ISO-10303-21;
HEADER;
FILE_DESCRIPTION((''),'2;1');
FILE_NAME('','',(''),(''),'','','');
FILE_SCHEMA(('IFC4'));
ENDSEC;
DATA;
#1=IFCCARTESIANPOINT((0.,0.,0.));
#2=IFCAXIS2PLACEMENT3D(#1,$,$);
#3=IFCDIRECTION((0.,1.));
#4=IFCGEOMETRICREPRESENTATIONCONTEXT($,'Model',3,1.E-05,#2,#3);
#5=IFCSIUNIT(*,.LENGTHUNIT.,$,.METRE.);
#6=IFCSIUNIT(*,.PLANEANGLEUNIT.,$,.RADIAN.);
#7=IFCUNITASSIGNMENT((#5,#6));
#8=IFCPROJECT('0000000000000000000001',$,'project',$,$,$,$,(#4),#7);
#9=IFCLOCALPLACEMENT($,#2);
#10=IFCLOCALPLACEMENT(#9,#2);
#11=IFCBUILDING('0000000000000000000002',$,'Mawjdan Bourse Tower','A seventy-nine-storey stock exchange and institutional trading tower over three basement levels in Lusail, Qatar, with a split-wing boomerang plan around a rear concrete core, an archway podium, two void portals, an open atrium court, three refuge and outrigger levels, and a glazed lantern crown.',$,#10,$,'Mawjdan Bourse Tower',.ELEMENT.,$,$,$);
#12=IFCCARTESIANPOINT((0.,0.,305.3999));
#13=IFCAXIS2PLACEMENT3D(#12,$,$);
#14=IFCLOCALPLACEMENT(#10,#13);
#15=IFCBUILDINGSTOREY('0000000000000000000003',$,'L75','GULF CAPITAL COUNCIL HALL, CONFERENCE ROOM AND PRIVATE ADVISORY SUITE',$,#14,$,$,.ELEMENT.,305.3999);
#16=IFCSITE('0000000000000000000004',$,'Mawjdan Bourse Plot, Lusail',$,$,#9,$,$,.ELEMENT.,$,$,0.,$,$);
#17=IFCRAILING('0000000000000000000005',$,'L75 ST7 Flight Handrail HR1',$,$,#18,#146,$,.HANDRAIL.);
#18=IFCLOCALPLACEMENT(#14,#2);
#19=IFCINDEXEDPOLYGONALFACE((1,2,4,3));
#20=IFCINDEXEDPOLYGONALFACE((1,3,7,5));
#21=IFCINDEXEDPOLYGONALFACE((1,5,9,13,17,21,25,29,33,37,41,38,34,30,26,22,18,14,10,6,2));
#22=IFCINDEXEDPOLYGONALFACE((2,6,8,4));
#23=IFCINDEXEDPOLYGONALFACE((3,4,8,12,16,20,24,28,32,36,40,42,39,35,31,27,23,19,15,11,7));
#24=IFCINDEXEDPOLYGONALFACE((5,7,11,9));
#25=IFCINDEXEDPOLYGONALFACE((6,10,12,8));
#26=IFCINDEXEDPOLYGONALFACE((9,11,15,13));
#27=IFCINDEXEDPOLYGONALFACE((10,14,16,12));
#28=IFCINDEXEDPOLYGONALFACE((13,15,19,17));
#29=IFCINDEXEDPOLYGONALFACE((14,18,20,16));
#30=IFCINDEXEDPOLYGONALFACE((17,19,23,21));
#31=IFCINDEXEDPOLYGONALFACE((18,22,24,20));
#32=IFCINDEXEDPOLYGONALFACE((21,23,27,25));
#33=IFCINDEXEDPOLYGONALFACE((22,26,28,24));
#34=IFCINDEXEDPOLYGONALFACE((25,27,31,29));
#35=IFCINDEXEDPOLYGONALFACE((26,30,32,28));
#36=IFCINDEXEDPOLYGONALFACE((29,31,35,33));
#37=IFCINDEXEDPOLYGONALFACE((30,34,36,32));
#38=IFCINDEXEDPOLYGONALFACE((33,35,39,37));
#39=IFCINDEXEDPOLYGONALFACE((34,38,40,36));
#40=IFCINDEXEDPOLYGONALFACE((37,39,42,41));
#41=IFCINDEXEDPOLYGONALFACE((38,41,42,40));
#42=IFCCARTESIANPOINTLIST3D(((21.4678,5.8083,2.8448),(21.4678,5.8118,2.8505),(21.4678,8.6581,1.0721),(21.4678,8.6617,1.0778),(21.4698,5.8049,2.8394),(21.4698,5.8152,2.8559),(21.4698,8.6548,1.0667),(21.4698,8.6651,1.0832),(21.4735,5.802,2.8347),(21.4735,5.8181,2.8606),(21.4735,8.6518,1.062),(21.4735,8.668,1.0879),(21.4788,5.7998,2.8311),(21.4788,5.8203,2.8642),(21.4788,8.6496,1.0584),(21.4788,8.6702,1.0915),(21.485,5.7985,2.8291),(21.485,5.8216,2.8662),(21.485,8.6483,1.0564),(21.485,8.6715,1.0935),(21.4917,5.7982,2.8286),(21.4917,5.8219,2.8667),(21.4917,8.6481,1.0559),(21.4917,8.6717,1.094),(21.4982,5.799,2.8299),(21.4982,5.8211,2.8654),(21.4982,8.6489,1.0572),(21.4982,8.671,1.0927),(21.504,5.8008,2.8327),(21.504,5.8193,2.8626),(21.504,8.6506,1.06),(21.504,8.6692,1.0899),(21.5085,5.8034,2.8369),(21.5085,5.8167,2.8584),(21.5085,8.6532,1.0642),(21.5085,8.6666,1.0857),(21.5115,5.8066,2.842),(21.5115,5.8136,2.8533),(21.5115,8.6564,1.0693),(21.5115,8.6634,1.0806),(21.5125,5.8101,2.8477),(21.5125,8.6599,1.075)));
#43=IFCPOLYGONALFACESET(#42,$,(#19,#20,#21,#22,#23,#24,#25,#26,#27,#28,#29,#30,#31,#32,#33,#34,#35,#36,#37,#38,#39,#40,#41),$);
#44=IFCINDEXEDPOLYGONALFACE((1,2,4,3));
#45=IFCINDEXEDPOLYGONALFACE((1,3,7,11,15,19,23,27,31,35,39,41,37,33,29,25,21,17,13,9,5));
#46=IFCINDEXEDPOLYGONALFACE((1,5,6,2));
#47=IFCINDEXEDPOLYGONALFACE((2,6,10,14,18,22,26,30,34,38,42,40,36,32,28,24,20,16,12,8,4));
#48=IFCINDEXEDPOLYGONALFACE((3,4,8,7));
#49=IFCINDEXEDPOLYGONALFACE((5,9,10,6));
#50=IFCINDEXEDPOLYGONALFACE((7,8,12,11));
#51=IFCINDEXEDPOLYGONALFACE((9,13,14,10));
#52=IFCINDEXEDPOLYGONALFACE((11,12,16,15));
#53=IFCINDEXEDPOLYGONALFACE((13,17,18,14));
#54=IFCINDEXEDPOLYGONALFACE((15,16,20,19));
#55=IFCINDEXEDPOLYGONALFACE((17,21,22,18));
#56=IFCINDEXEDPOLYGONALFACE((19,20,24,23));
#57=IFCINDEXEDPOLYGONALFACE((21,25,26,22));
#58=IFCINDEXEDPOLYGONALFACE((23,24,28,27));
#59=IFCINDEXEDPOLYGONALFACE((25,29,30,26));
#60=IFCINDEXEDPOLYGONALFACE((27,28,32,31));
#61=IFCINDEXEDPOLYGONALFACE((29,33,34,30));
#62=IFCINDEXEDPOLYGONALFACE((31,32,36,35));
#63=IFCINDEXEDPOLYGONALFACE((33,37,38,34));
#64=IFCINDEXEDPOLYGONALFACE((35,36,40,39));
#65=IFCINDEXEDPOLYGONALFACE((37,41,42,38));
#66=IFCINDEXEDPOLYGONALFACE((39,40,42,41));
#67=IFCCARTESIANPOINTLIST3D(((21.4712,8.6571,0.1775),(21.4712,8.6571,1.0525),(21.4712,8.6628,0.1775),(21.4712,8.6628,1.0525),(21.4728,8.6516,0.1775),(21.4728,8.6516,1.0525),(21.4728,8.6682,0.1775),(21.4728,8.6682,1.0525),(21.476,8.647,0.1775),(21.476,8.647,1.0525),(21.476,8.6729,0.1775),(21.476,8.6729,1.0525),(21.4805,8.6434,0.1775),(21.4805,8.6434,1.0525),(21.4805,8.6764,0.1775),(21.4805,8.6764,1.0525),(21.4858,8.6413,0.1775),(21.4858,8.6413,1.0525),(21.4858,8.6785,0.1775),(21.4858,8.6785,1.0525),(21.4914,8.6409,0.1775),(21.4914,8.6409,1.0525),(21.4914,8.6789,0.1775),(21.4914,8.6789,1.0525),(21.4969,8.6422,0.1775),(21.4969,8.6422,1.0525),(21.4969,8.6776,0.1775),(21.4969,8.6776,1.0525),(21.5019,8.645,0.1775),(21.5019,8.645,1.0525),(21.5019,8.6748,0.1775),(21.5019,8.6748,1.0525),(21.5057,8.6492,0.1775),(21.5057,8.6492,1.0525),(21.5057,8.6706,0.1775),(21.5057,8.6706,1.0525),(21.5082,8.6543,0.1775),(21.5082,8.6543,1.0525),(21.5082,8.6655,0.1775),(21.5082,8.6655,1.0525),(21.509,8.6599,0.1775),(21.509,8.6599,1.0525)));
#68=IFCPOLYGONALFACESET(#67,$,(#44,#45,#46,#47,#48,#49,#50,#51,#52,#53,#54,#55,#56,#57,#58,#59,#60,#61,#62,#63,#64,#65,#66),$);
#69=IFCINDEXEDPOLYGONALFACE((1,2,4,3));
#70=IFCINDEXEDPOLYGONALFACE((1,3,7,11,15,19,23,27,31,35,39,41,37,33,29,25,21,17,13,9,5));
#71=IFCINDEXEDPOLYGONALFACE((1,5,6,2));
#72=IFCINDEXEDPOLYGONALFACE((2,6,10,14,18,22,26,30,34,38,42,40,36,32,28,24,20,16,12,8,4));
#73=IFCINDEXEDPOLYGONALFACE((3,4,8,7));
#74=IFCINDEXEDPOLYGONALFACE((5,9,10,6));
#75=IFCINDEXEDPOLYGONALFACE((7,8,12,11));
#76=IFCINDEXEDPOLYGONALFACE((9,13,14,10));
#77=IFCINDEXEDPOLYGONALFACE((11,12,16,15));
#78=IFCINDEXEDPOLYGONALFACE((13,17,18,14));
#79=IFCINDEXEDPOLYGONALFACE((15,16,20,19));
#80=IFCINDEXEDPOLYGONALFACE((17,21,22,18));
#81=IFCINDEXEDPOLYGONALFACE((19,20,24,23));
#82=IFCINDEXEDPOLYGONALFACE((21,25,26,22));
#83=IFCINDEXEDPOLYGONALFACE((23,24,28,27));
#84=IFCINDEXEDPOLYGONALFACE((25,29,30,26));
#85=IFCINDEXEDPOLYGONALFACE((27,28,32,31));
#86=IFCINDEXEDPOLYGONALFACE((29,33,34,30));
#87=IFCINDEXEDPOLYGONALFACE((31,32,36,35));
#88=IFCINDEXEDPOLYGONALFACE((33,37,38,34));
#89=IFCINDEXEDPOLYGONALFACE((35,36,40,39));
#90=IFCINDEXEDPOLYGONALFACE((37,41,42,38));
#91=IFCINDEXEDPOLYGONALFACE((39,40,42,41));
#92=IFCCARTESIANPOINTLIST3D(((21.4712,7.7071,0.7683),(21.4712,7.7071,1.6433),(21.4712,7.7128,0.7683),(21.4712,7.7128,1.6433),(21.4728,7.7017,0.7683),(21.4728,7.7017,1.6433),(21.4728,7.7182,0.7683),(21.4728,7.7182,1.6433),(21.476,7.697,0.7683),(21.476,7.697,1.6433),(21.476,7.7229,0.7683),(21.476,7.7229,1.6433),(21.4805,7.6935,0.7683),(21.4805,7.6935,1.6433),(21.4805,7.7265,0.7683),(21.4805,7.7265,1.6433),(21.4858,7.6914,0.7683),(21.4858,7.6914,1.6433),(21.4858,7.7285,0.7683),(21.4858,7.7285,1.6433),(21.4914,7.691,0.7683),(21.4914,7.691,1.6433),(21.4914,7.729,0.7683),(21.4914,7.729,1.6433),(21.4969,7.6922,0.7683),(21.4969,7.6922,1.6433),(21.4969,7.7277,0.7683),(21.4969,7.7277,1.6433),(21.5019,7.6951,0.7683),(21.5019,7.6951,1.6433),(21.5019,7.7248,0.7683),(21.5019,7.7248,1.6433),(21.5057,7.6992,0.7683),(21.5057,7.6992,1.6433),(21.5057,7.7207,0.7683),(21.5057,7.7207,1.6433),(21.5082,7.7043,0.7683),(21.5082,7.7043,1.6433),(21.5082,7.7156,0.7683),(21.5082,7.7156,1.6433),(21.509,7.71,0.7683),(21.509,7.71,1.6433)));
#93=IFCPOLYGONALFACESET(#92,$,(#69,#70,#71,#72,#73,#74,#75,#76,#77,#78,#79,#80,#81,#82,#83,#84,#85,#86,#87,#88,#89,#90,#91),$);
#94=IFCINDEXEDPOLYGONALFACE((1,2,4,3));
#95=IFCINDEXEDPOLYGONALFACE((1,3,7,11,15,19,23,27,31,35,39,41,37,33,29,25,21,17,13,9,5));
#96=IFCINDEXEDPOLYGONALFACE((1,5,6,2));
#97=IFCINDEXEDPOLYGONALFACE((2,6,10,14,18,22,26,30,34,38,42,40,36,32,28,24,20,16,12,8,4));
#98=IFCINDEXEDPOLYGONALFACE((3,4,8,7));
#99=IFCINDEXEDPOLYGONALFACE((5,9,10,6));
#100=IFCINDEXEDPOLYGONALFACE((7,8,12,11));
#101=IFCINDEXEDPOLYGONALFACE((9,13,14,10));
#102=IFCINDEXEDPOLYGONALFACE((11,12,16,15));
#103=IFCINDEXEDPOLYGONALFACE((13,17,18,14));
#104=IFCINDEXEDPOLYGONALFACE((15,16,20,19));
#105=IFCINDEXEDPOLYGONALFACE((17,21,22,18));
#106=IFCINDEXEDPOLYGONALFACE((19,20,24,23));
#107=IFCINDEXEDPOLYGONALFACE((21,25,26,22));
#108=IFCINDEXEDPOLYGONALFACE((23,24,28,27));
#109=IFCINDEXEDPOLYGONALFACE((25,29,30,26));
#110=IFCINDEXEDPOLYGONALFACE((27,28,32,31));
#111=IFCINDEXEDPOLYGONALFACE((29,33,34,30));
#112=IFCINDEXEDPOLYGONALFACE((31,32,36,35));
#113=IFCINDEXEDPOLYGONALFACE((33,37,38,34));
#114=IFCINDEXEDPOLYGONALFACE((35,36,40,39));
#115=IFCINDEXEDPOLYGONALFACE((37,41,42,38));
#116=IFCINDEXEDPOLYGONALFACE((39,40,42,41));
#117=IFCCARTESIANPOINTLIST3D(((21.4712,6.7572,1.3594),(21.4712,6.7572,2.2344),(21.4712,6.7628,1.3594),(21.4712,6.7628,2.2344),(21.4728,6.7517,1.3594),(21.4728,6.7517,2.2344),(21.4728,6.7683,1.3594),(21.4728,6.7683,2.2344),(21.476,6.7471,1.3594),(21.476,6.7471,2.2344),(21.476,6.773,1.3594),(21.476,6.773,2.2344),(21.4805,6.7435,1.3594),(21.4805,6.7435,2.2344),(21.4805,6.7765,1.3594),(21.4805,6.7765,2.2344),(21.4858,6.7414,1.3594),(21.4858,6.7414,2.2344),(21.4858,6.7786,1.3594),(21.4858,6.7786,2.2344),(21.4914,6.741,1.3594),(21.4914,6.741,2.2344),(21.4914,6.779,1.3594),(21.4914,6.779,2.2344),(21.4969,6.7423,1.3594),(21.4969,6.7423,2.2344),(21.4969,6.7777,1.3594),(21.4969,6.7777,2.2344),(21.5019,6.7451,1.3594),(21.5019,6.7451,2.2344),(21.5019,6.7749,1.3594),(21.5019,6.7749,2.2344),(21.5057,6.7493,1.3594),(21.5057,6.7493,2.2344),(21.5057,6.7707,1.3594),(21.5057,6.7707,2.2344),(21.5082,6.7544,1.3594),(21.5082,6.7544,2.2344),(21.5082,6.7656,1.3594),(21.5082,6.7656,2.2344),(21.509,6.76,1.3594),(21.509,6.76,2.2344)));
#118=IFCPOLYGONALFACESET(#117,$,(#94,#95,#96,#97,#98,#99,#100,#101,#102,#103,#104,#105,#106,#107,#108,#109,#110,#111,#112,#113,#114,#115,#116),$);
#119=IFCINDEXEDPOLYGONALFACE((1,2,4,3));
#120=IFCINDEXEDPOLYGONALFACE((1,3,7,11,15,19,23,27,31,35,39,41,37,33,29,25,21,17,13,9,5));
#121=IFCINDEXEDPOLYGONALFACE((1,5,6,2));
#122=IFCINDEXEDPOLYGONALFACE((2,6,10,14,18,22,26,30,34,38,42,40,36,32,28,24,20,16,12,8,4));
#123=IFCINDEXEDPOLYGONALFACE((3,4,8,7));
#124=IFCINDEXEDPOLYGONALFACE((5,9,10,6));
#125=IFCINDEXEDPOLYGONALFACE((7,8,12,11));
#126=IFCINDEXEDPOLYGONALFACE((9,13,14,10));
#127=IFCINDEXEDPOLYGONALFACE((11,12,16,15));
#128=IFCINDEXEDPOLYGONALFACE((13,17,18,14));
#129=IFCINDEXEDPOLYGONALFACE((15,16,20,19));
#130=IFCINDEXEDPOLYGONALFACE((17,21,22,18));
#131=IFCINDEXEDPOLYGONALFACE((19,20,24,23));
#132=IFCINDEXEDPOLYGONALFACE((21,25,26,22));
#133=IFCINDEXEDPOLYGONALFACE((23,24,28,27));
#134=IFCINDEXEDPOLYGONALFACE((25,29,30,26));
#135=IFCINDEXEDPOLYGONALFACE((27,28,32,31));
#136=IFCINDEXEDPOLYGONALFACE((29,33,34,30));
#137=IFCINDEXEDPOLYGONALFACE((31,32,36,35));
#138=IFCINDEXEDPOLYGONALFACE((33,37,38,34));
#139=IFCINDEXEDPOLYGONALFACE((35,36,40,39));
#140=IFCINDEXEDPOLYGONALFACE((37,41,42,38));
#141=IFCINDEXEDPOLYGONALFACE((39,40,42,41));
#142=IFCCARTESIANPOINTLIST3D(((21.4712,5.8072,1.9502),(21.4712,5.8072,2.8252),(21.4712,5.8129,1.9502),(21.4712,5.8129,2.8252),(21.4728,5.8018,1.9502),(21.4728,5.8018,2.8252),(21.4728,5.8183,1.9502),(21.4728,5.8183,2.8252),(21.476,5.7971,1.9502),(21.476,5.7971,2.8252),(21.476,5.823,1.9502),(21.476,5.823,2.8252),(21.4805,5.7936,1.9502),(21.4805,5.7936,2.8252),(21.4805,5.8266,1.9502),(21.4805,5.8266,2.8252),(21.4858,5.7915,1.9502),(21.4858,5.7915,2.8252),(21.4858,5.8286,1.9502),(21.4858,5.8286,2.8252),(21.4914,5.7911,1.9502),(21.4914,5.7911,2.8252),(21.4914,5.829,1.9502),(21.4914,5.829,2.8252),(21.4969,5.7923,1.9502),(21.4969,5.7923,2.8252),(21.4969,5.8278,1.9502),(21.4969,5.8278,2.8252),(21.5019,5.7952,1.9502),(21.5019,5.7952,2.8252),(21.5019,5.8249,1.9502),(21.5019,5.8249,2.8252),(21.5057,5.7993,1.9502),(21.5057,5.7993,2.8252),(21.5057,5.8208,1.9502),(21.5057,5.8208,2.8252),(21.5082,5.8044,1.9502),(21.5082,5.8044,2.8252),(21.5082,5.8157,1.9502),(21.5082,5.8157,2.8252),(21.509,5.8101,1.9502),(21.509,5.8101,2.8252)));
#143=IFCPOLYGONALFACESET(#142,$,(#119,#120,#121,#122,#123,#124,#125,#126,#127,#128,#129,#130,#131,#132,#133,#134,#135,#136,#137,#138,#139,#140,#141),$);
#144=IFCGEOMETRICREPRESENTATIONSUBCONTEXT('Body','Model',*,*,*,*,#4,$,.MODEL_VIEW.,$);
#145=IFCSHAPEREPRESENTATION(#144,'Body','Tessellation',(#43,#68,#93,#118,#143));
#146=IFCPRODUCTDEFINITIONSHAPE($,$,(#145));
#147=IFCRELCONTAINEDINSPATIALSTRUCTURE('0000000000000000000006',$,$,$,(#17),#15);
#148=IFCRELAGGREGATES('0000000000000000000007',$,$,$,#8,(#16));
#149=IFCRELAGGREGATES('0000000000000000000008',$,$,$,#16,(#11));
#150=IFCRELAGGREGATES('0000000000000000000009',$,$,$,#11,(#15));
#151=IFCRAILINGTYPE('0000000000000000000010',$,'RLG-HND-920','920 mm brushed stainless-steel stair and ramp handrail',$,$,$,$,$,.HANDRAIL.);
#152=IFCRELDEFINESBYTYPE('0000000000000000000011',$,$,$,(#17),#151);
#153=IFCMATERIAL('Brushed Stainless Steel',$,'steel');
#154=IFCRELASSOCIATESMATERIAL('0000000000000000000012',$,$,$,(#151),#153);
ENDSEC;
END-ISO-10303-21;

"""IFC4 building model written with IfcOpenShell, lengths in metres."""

from ifc_helpers import new_model, si_unit, direction, frame, origin, origin_2d, place, context, subcontext, project, spatial, circle, extrude, material, type_object, element, save


model = new_model("IFC4")

# Units and contexts
model_context = context("Model", 3, precision=1e-05, world=origin(), true_north=direction((0.0, 1.0)))
body_context = subcontext(model_context, "Body", "Model", "MODEL_VIEW")
ifc_project = project(units=[si_unit("LENGTHUNIT", "METRE"), si_unit("PLANEANGLEUNIT", "RADIAN")], contexts=[model_context])

# Site, building, storey
site_placement = place(None, origin())
site = spatial("IfcSite", under=ifc_project, at=site_placement, Name="Mawjdan Bourse Plot, Lusail", CompositionType="ELEMENT", RefElevation=0.0)
building_placement = place(site_placement, origin())
building = spatial("IfcBuilding", under=site, at=building_placement, Name="Mawjdan Bourse Tower", Description="A seventy-nine-storey stock exchange and institutional trading tower over three basement levels in Lusail, Qatar, with a split-wing boomerang plan around a rear concrete core, an archway podium, two void portals, an open atrium court, three refuge and outrigger levels, and a glazed lantern crown.", LongName="Mawjdan Bourse Tower", CompositionType="ELEMENT")
storey_placement = place(building_placement, frame((0.0, 0.0, 305.3999)))
storey = spatial("IfcBuildingStorey", under=building, at=storey_placement, Name="L75", Description="GULF CAPITAL COUNCIL HALL, CONFERENCE ROOM AND PRIVATE ADVISORY SUITE", CompositionType="ELEMENT", Elevation=305.3999)

# Railing
ifc_material_1 = material(Name="Brushed Stainless Steel", Category="steel")
railing_type_1 = type_object("IfcRailingType", Name="RLG-HND-920", Description="920 mm brushed stainless-steel stair and ramp handrail", PredefinedType="HANDRAIL", material=ifc_material_1)
railing_1_placement = place(storey_placement, frame((21.49, 8.6599, 0.1775)))
element("IfcRailing", 1, at=railing_1_placement, inside=storey, type_object=railing_type_1, Name="L75 ST7 Flight Handrail HR1", PredefinedType="HANDRAIL", context=body_context, shape_type="SweptSolid", body=[
    extrude(circle(Radius=0.0225, at=origin_2d()), frame((0.0, 0.0, 0.8975), z_axis=(0.0, -0.849128, 0.528187), x_axis=(1.0, 0.0, 0.0)), (0.0, 0.0, 1.0), 3.3562),
    extrude(circle(Radius=0.019, at=origin_2d()), origin(), (0.0, 0.0, 1.0), 0.875),
    extrude(circle(Radius=0.019, at=origin_2d()), frame((0.0, -0.95, 0.5908)), (0.0, 0.0, 1.0), 0.875),
    extrude(circle(Radius=0.019, at=origin_2d()), frame((0.0, -1.8999, 1.1819)), (0.0, 0.0, 1.0), 0.875),
    extrude(circle(Radius=0.019, at=origin_2d()), frame((0.0, -2.8499, 1.7727)), (0.0, 0.0, 1.0), 0.875),
])

save(model, "model.ifc")
